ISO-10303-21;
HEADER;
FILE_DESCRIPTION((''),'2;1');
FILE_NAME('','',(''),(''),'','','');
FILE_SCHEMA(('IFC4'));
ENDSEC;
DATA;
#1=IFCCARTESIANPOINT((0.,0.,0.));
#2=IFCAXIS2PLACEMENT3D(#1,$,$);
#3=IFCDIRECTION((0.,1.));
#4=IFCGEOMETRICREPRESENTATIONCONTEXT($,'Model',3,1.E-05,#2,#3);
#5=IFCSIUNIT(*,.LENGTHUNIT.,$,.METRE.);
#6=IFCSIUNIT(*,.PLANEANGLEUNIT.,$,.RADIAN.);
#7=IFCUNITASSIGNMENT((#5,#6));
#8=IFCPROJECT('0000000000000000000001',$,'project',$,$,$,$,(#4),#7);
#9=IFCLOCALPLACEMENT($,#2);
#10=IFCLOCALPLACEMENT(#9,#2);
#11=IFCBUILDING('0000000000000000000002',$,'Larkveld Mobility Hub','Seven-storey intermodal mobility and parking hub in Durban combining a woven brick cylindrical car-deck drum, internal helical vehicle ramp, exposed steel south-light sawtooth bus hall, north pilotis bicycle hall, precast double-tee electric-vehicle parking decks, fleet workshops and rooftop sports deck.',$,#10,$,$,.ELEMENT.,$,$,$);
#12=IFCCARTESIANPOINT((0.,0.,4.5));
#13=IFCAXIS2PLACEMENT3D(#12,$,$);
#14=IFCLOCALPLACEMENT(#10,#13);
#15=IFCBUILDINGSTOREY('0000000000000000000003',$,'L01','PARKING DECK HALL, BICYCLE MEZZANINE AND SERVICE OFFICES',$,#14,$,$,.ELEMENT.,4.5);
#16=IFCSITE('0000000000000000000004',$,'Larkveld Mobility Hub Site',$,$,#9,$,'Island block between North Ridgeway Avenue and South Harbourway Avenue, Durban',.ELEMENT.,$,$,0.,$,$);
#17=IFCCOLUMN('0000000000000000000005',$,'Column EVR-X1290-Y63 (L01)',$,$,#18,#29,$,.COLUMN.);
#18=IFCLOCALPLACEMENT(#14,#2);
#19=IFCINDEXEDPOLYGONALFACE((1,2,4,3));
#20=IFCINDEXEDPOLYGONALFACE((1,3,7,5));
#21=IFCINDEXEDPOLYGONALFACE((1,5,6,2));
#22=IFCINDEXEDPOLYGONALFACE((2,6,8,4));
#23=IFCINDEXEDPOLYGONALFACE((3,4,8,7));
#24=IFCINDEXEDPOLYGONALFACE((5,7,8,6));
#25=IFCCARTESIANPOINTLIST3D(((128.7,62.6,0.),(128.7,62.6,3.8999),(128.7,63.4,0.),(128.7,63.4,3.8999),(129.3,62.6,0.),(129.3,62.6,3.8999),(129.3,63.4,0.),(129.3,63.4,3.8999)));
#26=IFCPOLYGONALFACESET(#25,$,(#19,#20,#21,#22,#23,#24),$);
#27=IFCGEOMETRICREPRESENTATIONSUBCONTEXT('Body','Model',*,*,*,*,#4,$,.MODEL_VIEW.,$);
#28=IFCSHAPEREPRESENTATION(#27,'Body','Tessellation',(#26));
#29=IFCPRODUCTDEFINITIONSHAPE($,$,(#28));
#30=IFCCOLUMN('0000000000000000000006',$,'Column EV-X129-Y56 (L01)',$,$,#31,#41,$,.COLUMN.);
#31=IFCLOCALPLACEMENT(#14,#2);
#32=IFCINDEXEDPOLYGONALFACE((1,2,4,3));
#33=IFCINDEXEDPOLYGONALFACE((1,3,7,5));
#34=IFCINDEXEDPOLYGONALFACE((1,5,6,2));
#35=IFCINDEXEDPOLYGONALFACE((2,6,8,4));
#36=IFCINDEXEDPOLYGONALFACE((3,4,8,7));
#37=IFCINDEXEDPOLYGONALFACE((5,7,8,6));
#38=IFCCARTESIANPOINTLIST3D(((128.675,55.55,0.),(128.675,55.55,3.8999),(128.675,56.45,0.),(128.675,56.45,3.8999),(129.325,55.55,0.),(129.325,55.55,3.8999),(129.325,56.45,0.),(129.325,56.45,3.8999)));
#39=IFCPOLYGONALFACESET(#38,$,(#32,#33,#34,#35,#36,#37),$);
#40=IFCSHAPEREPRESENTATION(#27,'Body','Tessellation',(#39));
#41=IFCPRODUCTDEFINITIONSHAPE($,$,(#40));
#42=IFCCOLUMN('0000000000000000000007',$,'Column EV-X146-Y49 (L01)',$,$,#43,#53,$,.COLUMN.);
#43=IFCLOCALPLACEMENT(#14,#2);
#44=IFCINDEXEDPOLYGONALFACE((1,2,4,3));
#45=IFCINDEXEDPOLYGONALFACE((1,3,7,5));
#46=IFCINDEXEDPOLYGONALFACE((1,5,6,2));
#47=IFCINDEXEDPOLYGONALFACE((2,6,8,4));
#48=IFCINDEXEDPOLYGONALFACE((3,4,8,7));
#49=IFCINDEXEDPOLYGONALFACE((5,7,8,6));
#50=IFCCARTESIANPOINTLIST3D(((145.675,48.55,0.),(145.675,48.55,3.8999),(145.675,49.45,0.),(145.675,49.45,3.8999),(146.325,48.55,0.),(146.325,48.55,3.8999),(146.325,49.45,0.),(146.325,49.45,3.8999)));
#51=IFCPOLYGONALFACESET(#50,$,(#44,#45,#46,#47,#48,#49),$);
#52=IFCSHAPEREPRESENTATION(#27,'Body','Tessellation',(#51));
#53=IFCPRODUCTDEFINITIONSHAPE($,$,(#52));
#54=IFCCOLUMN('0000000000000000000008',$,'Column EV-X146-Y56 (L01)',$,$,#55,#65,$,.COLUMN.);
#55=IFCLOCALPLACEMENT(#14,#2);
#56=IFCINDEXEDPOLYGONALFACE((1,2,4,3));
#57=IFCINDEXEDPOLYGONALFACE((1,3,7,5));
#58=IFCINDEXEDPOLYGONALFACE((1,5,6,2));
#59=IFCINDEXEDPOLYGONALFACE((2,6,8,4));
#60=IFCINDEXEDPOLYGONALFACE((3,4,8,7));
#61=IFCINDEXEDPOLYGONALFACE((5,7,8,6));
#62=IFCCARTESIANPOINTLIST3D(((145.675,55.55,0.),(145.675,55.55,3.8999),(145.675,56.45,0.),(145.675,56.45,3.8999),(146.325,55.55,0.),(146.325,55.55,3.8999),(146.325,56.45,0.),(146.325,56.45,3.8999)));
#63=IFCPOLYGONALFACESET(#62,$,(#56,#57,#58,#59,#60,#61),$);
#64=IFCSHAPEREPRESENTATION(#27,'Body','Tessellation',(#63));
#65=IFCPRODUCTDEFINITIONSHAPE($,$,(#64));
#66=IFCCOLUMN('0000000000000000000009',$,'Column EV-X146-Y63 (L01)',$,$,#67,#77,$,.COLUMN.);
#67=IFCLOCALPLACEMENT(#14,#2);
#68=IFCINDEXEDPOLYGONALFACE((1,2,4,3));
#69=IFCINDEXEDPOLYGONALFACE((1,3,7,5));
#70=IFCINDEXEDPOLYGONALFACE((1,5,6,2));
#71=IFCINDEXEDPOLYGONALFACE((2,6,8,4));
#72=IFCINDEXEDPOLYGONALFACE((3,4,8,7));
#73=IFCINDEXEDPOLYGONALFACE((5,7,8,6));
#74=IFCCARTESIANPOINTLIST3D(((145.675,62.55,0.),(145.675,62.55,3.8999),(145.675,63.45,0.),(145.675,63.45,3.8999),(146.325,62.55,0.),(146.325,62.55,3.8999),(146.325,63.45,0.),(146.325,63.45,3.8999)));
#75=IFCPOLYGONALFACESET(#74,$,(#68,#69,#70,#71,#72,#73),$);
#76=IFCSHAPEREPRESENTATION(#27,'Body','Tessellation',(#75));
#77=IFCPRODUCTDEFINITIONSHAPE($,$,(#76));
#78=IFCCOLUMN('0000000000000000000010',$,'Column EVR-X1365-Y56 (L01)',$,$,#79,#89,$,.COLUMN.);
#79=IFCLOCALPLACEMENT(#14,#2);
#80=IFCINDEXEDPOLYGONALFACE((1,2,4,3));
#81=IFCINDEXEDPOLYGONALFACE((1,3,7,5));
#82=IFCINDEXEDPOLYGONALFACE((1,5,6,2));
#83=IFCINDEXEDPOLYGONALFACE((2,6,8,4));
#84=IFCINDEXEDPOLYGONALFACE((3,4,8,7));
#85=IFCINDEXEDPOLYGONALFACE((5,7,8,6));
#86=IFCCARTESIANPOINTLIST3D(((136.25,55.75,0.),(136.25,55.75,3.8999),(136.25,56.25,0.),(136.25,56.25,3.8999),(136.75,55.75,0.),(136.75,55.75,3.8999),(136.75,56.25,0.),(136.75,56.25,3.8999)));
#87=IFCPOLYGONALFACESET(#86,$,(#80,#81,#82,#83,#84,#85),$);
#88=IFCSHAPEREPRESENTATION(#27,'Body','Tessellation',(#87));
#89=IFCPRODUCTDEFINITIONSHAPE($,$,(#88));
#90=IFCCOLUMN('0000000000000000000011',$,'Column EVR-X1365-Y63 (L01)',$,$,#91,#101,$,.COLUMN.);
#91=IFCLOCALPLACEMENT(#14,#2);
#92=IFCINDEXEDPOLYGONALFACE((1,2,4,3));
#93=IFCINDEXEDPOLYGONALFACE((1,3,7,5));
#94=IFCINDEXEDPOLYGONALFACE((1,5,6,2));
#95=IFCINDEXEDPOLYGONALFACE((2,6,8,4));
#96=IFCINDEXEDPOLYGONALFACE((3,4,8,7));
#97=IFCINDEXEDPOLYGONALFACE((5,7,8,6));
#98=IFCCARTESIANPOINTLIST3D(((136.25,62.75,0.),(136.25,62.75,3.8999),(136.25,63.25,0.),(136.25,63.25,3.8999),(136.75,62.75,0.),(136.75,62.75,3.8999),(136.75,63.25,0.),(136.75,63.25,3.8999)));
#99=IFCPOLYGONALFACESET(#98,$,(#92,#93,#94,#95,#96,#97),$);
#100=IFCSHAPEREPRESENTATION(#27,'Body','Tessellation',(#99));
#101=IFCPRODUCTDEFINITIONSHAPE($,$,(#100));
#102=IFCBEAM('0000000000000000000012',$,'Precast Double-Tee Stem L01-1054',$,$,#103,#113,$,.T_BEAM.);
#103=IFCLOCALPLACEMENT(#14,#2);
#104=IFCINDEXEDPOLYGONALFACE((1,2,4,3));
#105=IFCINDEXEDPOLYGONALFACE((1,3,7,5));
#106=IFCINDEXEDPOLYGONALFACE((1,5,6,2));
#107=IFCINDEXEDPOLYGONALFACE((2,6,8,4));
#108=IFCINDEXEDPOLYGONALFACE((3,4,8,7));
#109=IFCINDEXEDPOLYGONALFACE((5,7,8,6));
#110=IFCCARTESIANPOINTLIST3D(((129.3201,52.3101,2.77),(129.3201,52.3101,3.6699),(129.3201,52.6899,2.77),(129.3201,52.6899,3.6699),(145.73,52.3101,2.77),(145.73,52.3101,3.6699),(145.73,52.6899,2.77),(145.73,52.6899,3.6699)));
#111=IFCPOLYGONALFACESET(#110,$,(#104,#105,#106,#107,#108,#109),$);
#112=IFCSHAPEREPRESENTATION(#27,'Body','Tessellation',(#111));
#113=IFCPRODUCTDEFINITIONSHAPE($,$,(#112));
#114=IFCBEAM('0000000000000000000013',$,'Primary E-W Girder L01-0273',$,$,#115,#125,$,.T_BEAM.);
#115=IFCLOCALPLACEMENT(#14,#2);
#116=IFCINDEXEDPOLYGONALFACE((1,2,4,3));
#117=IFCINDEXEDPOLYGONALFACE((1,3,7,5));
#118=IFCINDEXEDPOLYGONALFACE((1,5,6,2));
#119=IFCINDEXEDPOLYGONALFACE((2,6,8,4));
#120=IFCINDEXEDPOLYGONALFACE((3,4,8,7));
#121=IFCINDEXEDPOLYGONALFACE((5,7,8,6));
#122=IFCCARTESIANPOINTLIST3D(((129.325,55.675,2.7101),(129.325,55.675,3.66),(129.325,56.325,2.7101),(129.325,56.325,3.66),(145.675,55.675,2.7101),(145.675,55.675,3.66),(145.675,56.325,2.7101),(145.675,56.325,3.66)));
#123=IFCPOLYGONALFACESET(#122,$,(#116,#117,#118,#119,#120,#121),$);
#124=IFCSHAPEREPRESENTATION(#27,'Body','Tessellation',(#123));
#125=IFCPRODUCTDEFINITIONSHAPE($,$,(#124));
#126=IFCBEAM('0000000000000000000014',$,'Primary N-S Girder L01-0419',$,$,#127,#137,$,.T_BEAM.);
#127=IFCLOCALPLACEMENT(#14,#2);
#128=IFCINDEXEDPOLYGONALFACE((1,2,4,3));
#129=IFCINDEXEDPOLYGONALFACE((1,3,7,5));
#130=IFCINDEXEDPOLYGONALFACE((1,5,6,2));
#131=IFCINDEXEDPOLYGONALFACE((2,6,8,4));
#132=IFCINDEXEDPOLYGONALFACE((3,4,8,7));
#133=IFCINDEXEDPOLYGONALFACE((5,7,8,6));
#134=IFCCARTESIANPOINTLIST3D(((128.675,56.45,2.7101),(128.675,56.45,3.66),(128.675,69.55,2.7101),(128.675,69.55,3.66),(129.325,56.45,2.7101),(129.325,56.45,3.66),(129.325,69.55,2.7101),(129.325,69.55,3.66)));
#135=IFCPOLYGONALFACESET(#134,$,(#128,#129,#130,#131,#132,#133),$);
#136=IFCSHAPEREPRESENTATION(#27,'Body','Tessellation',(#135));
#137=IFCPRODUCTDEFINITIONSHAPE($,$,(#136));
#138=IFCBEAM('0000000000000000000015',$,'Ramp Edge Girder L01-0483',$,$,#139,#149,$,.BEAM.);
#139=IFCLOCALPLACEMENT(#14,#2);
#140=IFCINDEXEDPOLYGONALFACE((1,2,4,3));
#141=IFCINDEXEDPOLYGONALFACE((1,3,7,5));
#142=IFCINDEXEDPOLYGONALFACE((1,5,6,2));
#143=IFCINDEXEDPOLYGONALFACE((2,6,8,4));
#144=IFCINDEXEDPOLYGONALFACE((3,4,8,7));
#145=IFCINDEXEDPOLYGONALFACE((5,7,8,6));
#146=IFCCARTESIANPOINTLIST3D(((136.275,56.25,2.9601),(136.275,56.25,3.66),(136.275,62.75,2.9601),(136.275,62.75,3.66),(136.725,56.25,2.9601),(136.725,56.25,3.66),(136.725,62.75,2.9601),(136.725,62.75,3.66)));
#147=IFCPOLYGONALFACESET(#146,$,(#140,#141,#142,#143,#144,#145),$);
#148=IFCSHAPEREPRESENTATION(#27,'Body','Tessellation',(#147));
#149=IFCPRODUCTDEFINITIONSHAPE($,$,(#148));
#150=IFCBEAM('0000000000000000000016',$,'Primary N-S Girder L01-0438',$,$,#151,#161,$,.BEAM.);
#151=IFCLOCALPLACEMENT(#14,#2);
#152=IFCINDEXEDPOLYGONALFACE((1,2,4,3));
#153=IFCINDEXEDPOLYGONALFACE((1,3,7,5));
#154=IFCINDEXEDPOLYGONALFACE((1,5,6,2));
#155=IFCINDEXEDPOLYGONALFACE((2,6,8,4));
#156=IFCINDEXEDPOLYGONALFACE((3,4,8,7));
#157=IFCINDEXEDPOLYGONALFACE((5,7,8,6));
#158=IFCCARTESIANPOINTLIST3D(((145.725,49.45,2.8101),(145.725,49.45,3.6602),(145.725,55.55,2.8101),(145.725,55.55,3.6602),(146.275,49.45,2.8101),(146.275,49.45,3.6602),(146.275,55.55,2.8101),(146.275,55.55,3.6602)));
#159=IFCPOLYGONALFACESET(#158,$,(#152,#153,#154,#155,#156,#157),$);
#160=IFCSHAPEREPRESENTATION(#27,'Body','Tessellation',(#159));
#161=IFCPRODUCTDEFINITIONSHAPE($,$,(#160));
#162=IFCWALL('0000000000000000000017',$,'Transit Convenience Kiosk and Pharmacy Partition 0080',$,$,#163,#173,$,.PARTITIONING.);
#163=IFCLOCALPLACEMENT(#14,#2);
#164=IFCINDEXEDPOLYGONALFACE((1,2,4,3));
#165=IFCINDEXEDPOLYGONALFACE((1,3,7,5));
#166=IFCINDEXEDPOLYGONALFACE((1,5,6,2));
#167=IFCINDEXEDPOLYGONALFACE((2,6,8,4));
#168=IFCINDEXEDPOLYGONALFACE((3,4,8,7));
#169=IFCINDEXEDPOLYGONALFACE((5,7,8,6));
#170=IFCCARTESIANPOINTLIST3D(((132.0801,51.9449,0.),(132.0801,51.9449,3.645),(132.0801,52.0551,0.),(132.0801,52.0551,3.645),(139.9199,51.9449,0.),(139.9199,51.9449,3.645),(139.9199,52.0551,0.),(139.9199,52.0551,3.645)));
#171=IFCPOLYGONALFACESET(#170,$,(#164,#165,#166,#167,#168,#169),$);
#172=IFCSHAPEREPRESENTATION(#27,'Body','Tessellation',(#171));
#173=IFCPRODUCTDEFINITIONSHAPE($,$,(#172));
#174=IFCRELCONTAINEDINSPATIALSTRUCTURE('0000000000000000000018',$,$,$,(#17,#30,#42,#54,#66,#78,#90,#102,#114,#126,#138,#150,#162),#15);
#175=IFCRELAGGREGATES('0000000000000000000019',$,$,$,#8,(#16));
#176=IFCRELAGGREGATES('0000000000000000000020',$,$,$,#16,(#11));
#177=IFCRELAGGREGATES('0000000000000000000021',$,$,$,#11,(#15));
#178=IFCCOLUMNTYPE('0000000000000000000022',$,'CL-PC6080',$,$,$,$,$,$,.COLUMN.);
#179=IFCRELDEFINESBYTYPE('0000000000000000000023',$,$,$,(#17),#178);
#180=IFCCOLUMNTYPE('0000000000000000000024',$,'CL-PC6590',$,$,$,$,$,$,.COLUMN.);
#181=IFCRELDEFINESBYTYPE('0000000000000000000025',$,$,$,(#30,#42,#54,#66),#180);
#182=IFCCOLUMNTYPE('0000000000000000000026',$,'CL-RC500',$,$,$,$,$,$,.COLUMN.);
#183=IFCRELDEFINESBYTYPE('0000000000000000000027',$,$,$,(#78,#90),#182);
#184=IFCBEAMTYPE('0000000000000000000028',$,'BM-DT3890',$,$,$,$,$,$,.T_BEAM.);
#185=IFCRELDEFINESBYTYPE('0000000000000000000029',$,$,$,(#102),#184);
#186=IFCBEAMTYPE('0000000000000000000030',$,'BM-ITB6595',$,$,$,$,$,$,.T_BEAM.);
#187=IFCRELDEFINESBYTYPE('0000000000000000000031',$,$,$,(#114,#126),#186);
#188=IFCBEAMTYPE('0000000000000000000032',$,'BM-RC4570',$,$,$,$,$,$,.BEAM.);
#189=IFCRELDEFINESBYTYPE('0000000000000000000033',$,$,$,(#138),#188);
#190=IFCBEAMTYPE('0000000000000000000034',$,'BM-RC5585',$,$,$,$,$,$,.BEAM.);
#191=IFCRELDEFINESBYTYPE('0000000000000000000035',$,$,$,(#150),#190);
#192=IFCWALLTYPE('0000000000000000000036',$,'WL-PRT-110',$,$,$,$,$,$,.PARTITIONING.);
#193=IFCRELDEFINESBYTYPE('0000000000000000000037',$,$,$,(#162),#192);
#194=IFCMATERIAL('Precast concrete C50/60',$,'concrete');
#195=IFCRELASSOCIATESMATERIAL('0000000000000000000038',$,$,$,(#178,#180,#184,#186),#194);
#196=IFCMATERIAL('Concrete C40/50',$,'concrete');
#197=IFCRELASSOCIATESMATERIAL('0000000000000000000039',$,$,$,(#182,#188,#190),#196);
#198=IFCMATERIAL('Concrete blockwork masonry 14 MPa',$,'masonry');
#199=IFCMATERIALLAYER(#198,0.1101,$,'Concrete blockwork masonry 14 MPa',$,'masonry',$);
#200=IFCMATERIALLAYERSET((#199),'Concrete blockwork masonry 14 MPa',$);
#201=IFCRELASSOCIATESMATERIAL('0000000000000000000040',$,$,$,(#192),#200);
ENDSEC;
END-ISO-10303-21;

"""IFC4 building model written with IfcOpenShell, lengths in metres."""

from ifc_helpers import new_model, si_unit, direction, frame, frame_2d, origin, origin_2d, place, context, subcontext, project, spatial, rectangle, extrude, material, layer, layer_set, material_profile, profile_set, type_object, element, save


model = new_model("IFC4")

# Units and contexts
model_context = context("Model", 3, precision=1e-05, world=origin(), true_north=direction((0.0, 1.0)))
body_context = subcontext(model_context, "Body", "Model", "MODEL_VIEW")
ifc_project = project(units=[si_unit("LENGTHUNIT", "METRE"), si_unit("PLANEANGLEUNIT", "RADIAN")], contexts=[model_context])

# Site, building, storey
site_placement = place(None, origin())
site = spatial("IfcSite", under=ifc_project, at=site_placement, Name="Larkveld Mobility Hub Site", LongName="Island block between North Ridgeway Avenue and South Harbourway Avenue, Durban", CompositionType="ELEMENT", RefElevation=0.0)
building_placement = place(site_placement, origin())
building = spatial("IfcBuilding", under=site, at=building_placement, Name="Larkveld Mobility Hub", Description="Seven-storey intermodal mobility and parking hub in Durban combining a woven brick cylindrical car-deck drum, internal helical vehicle ramp, exposed steel south-light sawtooth bus hall, north pilotis bicycle hall, precast double-tee electric-vehicle parking decks, fleet workshops and rooftop sports deck.", CompositionType="ELEMENT")
storey_placement = place(building_placement, frame((0.0, 0.0, 4.5)))
storey = spatial("IfcBuildingStorey", under=building, at=storey_placement, Name="L01", Description="PARKING DECK HALL, BICYCLE MEZZANINE AND SERVICE OFFICES", CompositionType="ELEMENT", Elevation=4.5)

# Columns
ifc_material_1 = material(Name="Precast concrete C50/60", Category="concrete")
ifc_material_profile_1 = material_profile(ifc_material_1, rectangle(XDim=0.6001, YDim=0.8, at=origin_2d()), Name="RC COL 600x800")
ifc_profile_set_1 = profile_set([ifc_material_profile_1], Name="Precast concrete C50/60")
column_type_1 = type_object("IfcColumnType", Name="CL-PC6080", PredefinedType="COLUMN", material=ifc_profile_set_1)
column_placement = place(storey_placement, frame((129.0, 63.0, 0.0), z_axis=(0.0, 0.0, 1.0), x_axis=(1.0, 0.0, 0.0)))
element("IfcColumn", 1, at=column_placement, inside=storey, type_object=column_type_1, Name="Column EVR-X1290-Y63 (L01)", PredefinedType="COLUMN", context=body_context, shape_type="SweptSolid", body=[
    extrude(rectangle(XDim=0.6001, YDim=0.8, at=origin_2d()), origin(), (0.0, 0.0, 1.0), 3.8999),
])
ifc_material_profile_2 = material_profile(ifc_material_1, rectangle(XDim=0.6499, YDim=0.8999, at=origin_2d()), Name="RC COL 650x900")
ifc_profile_set_2 = profile_set([ifc_material_profile_2], Name="Precast concrete C50/60")
column_type_2 = type_object("IfcColumnType", Name="CL-PC6590", PredefinedType="COLUMN", material=ifc_profile_set_2)
for number, where, z_axis, x_axis, name in (
    (2, (129.0, 56.0, 0.0), (0.0, 0.0, 1.0), (1.0, 0.0, 0.0), "Column EV-X129-Y56 (L01)"),
    (3, (146.0, 49.0, 0.0), (0.0, 0.0, 1.0), (1.0, 0.0, 0.0), "Column EV-X146-Y49 (L01)"),
    (4, (146.0, 56.0, 0.0), (0.0, 0.0, 1.0), (1.0, 0.0, 0.0), "Column EV-X146-Y56 (L01)"),
    (5, (146.0, 63.0, 0.0), (0.0, 0.0, 1.0), (1.0, 0.0, 0.0), "Column EV-X146-Y63 (L01)"),
):
    element("IfcColumn", number, at=place(storey_placement, frame(where, z_axis=z_axis, x_axis=x_axis)), inside=storey, type_object=column_type_2, Name=name, PredefinedType="COLUMN", context=body_context, shape_type="SweptSolid", body=[
        extrude(rectangle(XDim=0.6499, YDim=0.8999, at=origin_2d()), origin(), (0.0, 0.0, 1.0), 3.8999),
    ])
ifc_material_2 = material(Name="Concrete C40/50", Category="concrete")
ifc_material_profile_3 = material_profile(ifc_material_2, rectangle(XDim=0.5, YDim=0.5, at=origin_2d()), Name="RC COL 500x500")
ifc_profile_set_3 = profile_set([ifc_material_profile_3], Name="Concrete C40/50")
column_type_3 = type_object("IfcColumnType", Name="CL-RC500", PredefinedType="COLUMN", material=ifc_profile_set_3)
for number, where, z_axis, x_axis, name in (
    (6, (136.5, 56.0, 0.0), (0.0, 0.0, 1.0), (1.0, 0.0, 0.0), "Column EVR-X1365-Y56 (L01)"),
    (7, (136.5, 63.0, 0.0), (0.0, 0.0, 1.0), (1.0, 0.0, 0.0), "Column EVR-X1365-Y63 (L01)"),
):
    element("IfcColumn", number, at=place(storey_placement, frame(where, z_axis=z_axis, x_axis=x_axis)), inside=storey, type_object=column_type_3, Name=name, PredefinedType="COLUMN", context=body_context, shape_type="SweptSolid", body=[
        extrude(rectangle(XDim=0.5, YDim=0.5, at=origin_2d()), origin(), (0.0, 0.0, 1.0), 3.8999),
    ])

# Beams
ifc_material_profile_4 = material_profile(ifc_material_1, rectangle(XDim=0.3799, YDim=0.8999, at=origin_2d()), Name="PC DT 380x900")
ifc_profile_set_4 = profile_set([ifc_material_profile_4], Name="Precast concrete C50/60")
beam_type_1 = type_object("IfcBeamType", Name="BM-DT3890", PredefinedType="T_BEAM", material=ifc_profile_set_4)
beam_1_placement = place(storey_placement, frame((129.3201, 52.5, 3.22), z_axis=(1.0, 0.0, 0.0), x_axis=(0.0, 1.0, 0.0)))
element("IfcBeam", 8, at=beam_1_placement, inside=storey, type_object=beam_type_1, Name="Precast Double-Tee Stem L01-1054", PredefinedType="T_BEAM", context=body_context, shape_type="SweptSolid", body=[
    extrude(rectangle(XDim=0.3799, YDim=0.8999, at=origin_2d()), origin(), (0.0, 0.0, 1.0), 16.4099),
])
ifc_material_profile_5 = material_profile(ifc_material_1, rectangle(XDim=0.6499, YDim=0.95, at=origin_2d()), Name="PC ITB 650x950")
ifc_profile_set_5 = profile_set([ifc_material_profile_5], Name="Precast concrete C50/60")
beam_type_2 = type_object("IfcBeamType", Name="BM-ITB6595", PredefinedType="T_BEAM", material=ifc_profile_set_5)
beam_2_placement = place(storey_placement, frame((129.325, 56.0, 3.1851), z_axis=(1.0, 0.0, 0.0), x_axis=(0.0, 1.0, 0.0)))
element("IfcBeam", 9, at=beam_2_placement, inside=storey, type_object=beam_type_2, Name="Primary E-W Girder L01-0273", PredefinedType="T_BEAM", context=body_context, shape_type="SweptSolid", body=[
    extrude(rectangle(XDim=0.6499, YDim=0.95, at=origin_2d()), origin(), (0.0, 0.0, 1.0), 16.3501),
])
beam_3_placement = place(storey_placement, frame((129.0, 56.45, 3.1851), z_axis=(0.0, 1.0, 0.0), x_axis=(-1.0, 0.0, 0.0)))
element("IfcBeam", 10, at=beam_3_placement, inside=storey, type_object=beam_type_2, Name="Primary N-S Girder L01-0419", PredefinedType="T_BEAM", context=body_context, shape_type="SweptSolid", body=[
    extrude(rectangle(XDim=0.6499, YDim=0.95, at=origin_2d()), origin(), (0.0, 0.0, 1.0), 13.1001),
])
ifc_material_profile_6 = material_profile(ifc_material_2, rectangle(XDim=0.45, YDim=0.7, at=origin_2d()), Name="RC BM 450x700")
ifc_profile_set_6 = profile_set([ifc_material_profile_6], Name="Concrete C40/50")
beam_type_3 = type_object("IfcBeamType", Name="BM-RC4570", PredefinedType="BEAM", material=ifc_profile_set_6)
beam_4_placement = place(storey_placement, frame((136.5, 56.25, 3.3101), z_axis=(0.0, 1.0, 0.0), x_axis=(-1.0, 0.0, 0.0)))
element("IfcBeam", 11, at=beam_4_placement, inside=storey, type_object=beam_type_3, Name="Ramp Edge Girder L01-0483", PredefinedType="BEAM", context=body_context, shape_type="SweptSolid", body=[
    extrude(rectangle(XDim=0.45, YDim=0.7, at=origin_2d()), origin(), (0.0, 0.0, 1.0), 6.5),
])
ifc_material_profile_7 = material_profile(ifc_material_2, rectangle(XDim=0.55, YDim=0.8501, at=origin_2d()), Name="RC BM 550x850")
ifc_profile_set_7 = profile_set([ifc_material_profile_7], Name="Concrete C40/50")
beam_type_4 = type_object("IfcBeamType", Name="BM-RC5585", PredefinedType="BEAM", material=ifc_profile_set_7)
beam_5_placement = place(storey_placement, frame((146.0, 49.45, 3.2351), z_axis=(0.0, 1.0, 0.0), x_axis=(-1.0, 0.0, 0.0)))
element("IfcBeam", 12, at=beam_5_placement, inside=storey, type_object=beam_type_4, Name="Primary N-S Girder L01-0438", PredefinedType="BEAM", context=body_context, shape_type="SweptSolid", body=[
    extrude(rectangle(XDim=0.55, YDim=0.8501, at=origin_2d()), origin(), (0.0, 0.0, 1.0), 6.1001),
])

# Wall
ifc_material_3 = material(Name="Concrete blockwork masonry 14 MPa", Category="masonry")
ifc_layer_1 = layer(ifc_material_3, 0.1101, Name="Concrete blockwork masonry 14 MPa", Category="masonry")
ifc_layer_set_1 = layer_set([ifc_layer_1], Name="Concrete blockwork masonry 14 MPa")
wall_type_1 = type_object("IfcWallType", Name="WL-PRT-110", PredefinedType="PARTITIONING", material=ifc_layer_set_1)
wall_1_placement = place(storey_placement, frame((132.0801, 52.0, 0.0), z_axis=(0.0, 0.0, 1.0), x_axis=(1.0, 0.0, 0.0)))
element("IfcWall", 13, at=wall_1_placement, inside=storey, type_object=wall_type_1, Name="Transit Convenience Kiosk and Pharmacy Partition 0080", PredefinedType="PARTITIONING", context=body_context, shape_type="SweptSolid", body=[
    extrude(rectangle(XDim=7.8398, YDim=0.1101, at=frame_2d((3.9199, 0.0))), origin(), (0.0, 0.0, 1.0), 3.645),
])

save(model, "model.ifc")
